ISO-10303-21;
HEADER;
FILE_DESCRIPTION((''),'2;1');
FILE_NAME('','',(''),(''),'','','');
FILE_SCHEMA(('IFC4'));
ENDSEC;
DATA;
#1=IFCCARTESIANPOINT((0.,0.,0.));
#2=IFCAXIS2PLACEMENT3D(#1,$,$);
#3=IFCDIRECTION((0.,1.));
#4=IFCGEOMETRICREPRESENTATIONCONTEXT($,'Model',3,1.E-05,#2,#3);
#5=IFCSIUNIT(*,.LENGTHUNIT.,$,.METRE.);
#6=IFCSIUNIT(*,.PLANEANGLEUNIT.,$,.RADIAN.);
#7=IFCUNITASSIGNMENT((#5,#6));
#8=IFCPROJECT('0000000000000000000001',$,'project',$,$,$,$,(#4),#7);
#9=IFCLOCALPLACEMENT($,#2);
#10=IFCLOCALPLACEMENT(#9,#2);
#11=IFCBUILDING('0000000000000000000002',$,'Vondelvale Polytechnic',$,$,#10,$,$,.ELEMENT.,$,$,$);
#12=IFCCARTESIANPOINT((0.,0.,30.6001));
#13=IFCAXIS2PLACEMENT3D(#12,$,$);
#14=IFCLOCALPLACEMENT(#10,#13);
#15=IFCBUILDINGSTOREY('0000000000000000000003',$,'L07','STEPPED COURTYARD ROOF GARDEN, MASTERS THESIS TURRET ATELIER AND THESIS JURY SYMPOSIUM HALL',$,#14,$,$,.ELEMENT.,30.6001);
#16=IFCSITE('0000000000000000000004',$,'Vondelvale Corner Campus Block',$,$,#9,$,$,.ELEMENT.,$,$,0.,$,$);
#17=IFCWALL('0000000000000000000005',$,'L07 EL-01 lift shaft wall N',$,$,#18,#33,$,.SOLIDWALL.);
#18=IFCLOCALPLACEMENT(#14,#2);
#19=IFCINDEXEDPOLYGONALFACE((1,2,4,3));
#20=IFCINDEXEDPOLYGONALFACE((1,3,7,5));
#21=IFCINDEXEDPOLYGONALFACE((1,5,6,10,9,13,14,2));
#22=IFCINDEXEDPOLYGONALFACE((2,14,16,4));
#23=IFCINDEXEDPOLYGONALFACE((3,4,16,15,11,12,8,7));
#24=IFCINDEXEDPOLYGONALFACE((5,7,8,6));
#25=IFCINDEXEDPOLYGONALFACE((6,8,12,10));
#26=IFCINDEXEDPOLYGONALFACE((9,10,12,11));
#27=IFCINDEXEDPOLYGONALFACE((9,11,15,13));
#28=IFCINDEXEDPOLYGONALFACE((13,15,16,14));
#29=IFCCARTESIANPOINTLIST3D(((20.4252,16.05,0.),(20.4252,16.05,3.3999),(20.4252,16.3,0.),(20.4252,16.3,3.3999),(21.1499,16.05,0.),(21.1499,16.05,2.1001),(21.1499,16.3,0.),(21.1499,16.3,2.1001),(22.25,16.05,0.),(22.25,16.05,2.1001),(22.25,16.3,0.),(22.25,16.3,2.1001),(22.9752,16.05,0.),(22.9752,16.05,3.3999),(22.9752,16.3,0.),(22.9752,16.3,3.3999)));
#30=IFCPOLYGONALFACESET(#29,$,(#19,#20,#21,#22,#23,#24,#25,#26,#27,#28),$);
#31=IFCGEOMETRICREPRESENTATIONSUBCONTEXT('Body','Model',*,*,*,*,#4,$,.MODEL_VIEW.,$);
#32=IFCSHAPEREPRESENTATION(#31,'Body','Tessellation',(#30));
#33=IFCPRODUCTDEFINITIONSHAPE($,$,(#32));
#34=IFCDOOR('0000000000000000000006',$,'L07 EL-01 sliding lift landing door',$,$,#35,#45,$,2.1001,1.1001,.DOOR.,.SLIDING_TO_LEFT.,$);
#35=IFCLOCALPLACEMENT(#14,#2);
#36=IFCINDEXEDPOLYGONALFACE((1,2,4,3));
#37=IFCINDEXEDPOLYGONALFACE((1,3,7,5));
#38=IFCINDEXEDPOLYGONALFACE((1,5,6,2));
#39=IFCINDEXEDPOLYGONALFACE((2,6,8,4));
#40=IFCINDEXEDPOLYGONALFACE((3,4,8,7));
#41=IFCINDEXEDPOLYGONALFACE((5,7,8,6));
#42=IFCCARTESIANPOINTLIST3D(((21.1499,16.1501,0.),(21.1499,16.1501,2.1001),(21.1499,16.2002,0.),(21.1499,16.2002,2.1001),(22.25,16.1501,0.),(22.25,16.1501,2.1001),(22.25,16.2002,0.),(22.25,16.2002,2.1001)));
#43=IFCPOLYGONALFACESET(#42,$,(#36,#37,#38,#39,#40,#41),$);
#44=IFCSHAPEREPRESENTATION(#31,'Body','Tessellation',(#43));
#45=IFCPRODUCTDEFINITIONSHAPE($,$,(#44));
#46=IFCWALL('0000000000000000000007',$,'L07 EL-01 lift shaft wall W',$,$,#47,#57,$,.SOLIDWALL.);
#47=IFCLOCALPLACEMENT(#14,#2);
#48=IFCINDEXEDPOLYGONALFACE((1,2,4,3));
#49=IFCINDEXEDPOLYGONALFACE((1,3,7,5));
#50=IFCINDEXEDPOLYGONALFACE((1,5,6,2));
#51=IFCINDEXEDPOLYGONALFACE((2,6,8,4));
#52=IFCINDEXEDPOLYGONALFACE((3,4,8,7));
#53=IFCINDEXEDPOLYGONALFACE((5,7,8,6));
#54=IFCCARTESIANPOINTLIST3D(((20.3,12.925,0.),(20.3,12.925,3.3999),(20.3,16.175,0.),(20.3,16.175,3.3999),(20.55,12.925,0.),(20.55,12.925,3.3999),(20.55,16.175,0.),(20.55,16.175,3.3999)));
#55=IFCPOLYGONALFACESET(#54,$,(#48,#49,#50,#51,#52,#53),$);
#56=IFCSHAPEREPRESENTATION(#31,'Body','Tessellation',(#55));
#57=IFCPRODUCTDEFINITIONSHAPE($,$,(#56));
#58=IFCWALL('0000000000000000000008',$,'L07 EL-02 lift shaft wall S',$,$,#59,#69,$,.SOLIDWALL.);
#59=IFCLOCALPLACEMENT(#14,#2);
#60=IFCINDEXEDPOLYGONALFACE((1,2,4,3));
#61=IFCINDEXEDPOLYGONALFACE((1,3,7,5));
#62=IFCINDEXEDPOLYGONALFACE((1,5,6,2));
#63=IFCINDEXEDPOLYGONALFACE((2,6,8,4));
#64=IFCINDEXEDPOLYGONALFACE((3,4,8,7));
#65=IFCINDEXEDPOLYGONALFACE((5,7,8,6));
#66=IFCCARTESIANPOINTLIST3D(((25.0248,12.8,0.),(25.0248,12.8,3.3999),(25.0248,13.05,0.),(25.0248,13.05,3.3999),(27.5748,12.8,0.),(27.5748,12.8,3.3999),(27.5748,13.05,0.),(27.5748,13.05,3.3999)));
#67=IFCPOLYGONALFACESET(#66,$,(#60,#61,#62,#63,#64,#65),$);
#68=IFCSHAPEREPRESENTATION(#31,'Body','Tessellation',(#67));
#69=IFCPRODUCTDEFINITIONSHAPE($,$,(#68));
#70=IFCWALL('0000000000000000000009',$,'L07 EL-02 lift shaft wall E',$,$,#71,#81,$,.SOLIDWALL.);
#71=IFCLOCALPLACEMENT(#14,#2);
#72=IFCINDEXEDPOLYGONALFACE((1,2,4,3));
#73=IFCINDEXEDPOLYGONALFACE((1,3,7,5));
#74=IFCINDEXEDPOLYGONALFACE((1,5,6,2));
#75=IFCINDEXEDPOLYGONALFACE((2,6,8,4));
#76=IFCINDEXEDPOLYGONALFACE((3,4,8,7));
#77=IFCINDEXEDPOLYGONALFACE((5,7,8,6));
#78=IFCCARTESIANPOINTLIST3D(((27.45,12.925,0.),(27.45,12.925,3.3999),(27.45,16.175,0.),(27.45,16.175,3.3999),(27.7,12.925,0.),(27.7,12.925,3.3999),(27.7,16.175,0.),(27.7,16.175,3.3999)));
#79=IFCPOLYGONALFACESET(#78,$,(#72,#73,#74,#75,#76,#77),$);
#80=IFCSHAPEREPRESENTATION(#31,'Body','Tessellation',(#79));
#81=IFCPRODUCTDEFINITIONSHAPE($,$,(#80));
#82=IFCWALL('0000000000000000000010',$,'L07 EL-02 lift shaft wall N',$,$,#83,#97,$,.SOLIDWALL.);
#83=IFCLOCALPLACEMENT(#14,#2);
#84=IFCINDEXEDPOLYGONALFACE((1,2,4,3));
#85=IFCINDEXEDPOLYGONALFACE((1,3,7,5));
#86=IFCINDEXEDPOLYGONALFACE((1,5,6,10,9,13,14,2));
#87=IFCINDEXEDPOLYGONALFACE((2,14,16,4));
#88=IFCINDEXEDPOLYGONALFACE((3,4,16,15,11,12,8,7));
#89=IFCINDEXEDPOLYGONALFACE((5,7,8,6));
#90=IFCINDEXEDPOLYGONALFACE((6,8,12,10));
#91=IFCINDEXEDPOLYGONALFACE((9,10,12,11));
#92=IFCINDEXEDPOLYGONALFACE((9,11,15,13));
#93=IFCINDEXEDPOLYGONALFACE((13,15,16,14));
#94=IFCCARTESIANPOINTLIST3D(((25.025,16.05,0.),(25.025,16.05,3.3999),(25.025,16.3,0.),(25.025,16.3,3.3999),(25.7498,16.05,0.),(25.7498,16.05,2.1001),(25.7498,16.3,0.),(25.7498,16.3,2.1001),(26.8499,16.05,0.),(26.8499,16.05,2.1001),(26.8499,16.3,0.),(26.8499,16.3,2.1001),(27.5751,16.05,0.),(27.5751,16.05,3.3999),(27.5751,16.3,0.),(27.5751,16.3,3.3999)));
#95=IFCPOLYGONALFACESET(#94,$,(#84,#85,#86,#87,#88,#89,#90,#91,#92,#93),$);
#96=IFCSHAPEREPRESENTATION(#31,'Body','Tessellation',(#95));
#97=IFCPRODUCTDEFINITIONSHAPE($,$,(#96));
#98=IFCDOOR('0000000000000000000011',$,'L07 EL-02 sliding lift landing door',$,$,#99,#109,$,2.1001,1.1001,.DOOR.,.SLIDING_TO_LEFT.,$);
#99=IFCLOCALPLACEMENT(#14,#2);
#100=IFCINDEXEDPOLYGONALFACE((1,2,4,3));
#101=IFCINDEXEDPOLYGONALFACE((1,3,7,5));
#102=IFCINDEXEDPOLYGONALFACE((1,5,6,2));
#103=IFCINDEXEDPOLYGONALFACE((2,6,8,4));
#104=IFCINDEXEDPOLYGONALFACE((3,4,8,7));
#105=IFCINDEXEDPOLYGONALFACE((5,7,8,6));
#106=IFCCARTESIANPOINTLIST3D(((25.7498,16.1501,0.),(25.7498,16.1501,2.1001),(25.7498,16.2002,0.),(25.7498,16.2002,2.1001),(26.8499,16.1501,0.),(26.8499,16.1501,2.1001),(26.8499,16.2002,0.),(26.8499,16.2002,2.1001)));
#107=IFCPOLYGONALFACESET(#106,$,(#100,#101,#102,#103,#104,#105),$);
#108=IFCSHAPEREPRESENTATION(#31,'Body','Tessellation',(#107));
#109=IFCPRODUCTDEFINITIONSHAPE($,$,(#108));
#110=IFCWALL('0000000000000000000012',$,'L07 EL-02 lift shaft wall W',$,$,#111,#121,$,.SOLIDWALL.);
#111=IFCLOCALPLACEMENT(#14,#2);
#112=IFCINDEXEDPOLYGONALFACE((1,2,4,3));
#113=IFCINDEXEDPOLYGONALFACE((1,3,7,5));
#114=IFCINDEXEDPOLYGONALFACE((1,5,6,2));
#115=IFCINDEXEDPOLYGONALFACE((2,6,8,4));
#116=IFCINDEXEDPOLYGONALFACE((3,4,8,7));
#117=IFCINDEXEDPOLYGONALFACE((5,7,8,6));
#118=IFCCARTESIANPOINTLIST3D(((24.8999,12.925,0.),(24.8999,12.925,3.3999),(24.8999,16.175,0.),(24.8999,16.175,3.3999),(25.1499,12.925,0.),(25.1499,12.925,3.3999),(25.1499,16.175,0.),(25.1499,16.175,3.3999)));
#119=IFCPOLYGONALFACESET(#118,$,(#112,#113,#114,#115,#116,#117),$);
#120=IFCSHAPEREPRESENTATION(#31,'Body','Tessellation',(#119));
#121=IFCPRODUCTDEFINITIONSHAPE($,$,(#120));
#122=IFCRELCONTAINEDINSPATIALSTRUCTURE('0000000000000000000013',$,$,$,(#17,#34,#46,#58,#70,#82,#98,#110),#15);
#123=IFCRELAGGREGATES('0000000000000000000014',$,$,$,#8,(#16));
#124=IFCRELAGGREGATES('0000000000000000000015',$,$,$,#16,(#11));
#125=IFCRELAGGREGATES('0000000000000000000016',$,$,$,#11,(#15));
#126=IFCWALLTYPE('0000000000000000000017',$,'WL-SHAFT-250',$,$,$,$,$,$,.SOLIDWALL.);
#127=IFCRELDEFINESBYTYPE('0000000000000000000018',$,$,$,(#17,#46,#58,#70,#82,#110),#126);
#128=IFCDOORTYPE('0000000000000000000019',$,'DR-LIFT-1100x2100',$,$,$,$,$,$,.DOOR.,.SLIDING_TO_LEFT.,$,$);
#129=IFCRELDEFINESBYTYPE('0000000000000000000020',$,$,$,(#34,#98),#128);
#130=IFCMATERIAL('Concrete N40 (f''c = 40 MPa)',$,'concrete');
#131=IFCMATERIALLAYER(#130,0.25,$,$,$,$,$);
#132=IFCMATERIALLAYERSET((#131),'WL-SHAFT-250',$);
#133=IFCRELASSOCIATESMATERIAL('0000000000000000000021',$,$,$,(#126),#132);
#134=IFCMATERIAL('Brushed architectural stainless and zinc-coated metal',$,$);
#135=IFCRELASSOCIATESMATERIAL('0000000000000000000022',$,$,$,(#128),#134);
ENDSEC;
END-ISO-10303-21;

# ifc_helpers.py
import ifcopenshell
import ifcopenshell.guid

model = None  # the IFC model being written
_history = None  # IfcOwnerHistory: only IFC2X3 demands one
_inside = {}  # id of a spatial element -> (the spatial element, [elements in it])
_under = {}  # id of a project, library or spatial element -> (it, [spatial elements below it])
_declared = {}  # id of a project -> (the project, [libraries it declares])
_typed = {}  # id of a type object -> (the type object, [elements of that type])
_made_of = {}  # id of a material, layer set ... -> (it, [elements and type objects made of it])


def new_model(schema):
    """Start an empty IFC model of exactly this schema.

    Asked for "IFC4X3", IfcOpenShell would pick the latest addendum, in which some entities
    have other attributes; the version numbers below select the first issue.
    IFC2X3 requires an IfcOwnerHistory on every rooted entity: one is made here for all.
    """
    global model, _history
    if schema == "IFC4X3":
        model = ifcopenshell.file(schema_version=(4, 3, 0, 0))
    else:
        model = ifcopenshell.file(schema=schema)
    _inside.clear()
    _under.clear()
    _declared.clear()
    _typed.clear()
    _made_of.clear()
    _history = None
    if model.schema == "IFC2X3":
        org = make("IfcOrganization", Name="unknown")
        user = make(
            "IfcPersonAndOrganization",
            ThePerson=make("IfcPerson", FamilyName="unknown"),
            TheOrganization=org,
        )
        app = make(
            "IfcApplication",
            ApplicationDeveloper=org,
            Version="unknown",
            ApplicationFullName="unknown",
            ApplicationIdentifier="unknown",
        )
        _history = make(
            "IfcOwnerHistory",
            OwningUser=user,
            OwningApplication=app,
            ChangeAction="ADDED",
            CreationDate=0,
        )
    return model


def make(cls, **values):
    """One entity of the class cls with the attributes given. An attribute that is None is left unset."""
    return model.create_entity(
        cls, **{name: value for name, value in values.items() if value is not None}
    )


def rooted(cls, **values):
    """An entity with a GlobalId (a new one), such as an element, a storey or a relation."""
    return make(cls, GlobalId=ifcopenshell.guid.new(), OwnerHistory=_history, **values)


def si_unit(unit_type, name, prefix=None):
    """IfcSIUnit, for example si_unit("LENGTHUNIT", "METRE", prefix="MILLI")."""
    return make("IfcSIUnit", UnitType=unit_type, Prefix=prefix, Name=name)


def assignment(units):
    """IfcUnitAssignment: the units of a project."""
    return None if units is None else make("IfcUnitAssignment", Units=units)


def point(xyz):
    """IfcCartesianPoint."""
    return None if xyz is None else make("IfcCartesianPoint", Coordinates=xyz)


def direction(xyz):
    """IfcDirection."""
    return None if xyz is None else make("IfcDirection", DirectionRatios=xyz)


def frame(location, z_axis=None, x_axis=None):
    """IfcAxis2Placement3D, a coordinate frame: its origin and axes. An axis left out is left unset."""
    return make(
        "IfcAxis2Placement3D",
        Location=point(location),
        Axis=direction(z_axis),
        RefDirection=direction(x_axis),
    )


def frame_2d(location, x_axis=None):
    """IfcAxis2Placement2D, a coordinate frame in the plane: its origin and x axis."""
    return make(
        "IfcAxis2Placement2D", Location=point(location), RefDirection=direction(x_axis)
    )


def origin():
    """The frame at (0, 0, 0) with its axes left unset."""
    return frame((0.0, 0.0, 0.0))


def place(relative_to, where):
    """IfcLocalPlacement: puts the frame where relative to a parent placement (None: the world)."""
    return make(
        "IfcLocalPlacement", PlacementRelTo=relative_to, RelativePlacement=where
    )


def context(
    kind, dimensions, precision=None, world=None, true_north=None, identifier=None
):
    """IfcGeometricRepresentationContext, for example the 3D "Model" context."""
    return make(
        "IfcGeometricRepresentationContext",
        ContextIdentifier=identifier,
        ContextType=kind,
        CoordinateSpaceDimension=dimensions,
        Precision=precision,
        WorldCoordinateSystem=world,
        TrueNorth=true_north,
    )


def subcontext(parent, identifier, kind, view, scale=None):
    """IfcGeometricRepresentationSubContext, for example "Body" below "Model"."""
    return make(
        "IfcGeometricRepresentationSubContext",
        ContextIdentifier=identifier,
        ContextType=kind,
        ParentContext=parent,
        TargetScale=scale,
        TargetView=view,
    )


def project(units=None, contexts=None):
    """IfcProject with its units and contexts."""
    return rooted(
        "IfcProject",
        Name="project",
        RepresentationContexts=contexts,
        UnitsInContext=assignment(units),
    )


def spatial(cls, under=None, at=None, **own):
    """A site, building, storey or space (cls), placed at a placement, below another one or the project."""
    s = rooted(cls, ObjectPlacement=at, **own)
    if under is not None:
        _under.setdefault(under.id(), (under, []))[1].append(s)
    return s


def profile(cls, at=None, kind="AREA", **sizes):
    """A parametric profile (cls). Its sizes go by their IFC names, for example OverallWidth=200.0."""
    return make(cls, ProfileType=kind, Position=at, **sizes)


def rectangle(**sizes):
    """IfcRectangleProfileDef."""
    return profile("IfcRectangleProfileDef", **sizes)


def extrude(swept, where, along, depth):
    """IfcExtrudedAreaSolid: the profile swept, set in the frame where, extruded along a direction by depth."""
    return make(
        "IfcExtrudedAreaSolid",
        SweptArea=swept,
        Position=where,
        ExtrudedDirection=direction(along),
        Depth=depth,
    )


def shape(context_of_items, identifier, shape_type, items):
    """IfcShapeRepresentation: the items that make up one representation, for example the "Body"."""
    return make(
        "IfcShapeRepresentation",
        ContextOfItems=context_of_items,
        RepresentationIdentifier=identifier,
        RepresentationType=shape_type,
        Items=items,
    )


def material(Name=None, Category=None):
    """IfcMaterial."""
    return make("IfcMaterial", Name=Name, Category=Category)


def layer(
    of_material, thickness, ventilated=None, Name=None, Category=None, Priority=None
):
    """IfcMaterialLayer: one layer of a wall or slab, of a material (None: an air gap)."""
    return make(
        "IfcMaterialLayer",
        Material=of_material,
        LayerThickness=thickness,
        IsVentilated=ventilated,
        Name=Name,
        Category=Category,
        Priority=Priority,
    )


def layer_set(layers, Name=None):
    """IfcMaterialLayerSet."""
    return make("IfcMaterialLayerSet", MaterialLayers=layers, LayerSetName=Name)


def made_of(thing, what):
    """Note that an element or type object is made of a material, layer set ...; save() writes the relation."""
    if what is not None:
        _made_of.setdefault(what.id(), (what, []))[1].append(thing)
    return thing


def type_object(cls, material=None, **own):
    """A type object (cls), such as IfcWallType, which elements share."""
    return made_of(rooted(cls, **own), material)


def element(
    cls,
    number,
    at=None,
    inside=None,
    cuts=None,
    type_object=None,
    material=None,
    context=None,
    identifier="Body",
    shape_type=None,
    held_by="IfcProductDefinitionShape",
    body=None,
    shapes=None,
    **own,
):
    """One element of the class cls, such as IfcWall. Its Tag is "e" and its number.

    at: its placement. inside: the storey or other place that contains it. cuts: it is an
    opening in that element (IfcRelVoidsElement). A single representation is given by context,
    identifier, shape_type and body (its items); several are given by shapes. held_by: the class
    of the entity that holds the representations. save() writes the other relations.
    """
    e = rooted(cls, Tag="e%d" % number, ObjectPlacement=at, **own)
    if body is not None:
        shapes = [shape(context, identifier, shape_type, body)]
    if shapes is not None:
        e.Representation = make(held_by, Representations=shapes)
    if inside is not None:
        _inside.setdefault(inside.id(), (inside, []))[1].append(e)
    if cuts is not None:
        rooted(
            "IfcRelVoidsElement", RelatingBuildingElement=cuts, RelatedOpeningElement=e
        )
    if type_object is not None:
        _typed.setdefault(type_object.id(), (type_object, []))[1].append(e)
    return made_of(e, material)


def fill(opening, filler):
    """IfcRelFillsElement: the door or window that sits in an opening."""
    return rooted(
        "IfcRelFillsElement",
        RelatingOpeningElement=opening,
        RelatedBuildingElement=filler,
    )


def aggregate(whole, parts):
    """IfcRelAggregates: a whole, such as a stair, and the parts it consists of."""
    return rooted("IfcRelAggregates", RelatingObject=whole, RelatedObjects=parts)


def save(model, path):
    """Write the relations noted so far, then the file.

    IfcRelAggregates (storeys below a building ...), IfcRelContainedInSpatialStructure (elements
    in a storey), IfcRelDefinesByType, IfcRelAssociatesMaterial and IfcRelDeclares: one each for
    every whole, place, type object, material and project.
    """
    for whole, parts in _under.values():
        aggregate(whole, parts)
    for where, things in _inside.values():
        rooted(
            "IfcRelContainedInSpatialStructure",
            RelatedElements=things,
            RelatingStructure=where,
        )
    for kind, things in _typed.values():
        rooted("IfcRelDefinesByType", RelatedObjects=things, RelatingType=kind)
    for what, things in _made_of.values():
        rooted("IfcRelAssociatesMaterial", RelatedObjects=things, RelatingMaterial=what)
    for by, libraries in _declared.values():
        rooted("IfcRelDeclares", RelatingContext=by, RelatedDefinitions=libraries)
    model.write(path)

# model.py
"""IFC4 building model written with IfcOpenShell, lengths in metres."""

from ifc_helpers import new_model, si_unit, direction, frame, frame_2d, origin, place, context, subcontext, project, spatial, rectangle, extrude, material, layer, layer_set, type_object, element, fill, save


model = new_model("IFC4")

# Units and contexts
model_context = context("Model", 3, precision=1e-05, world=origin(), true_north=direction((0.0, 1.0)))
body_context = subcontext(model_context, "Body", "Model", "MODEL_VIEW")
ifc_project = project(units=[si_unit("LENGTHUNIT", "METRE"), si_unit("PLANEANGLEUNIT", "RADIAN")], contexts=[model_context])

# Site, building, storey
site_placement = place(None, origin())
site = spatial("IfcSite", under=ifc_project, at=site_placement, Name="Vondelvale Corner Campus Block", CompositionType="ELEMENT", RefElevation=0.0)
building_placement = place(site_placement, origin())
building = spatial("IfcBuilding", under=site, at=building_placement, Name="Vondelvale Polytechnic", CompositionType="ELEMENT")
storey_placement = place(building_placement, frame((0.0, 0.0, 30.6001)))
storey = spatial("IfcBuildingStorey", under=building, at=storey_placement, Name="L07", Description="STEPPED COURTYARD ROOF GARDEN, MASTERS THESIS TURRET ATELIER AND THESIS JURY SYMPOSIUM HALL", CompositionType="ELEMENT", Elevation=30.6001)

# Shared definitions
ifc_material_1 = material(Name="Concrete N40 (f'c = 40 MPa)", Category="concrete")

# Shared definitions
ifc_layer_1 = layer(ifc_material_1, 0.25)
ifc_layer_set_1 = layer_set([ifc_layer_1], Name="WL-SHAFT-250")
wall_type_1 = type_object("IfcWallType", Name="WL-SHAFT-250", PredefinedType="SOLIDWALL", material=ifc_layer_set_1)

# Wall, opening, door
wall_1_placement = place(storey_placement, frame((22.9751, 16.175, 0.0), z_axis=(0.0, 0.0, 1.0), x_axis=(-1.0, 0.0, 0.0)))
wall_1 = element("IfcWall", 1, at=wall_1_placement, inside=storey, type_object=wall_type_1, Name="L07 EL-01 lift shaft wall N", PredefinedType="SOLIDWALL", context=body_context, shape_type="SweptSolid", body=[
    extrude(rectangle(XDim=2.55, YDim=0.25, at=frame_2d((1.2749, 0.0))), origin(), (0.0, 0.0, 1.0), 3.3999),
])
opening_1_placement = place(wall_1_placement, frame((0.7251, 0.0, 0.0)))
opening_1 = element("IfcOpeningElement", 2, at=opening_1_placement, cuts=wall_1, PredefinedType="OPENING", context=body_context, shape_type="SweptSolid", body=[
    extrude(rectangle(XDim=1.1001, YDim=2.1001, at=frame_2d((0.55, 1.05))), frame((0.0, 0.135, 0.0), z_axis=(0.0, -1.0, 0.0), x_axis=(1.0, 0.0, 0.0)), (0.0, 0.0, 1.0), 0.27),
])
ifc_material_2 = material(Name="Brushed architectural stainless and zinc-coated metal")
door_type = type_object("IfcDoorType", Name="DR-LIFT-1100x2100", OperationType="SLIDING_TO_LEFT", PredefinedType="DOOR", material=ifc_material_2)
door_1_placement = place(opening_1_placement, origin())
door_1 = element("IfcDoor", 3, at=door_1_placement, inside=storey, type_object=door_type, Name="L07 EL-01 sliding lift landing door", OperationType="SLIDING_TO_LEFT", OverallHeight=2.1001, OverallWidth=1.1001, PredefinedType="DOOR", context=body_context, shape_type="SweptSolid", body=[
    extrude(rectangle(XDim=1.1001, YDim=2.1001, at=frame_2d((0.55, 1.05))), frame((0.0, 0.0249, 0.0), z_axis=(0.0, -1.0, 0.0), x_axis=(1.0, 0.0, 0.0)), (0.0, 0.0, 1.0), 0.05),
])
fill(opening_1, door_1)

# Walls
wall_2_placement = place(storey_placement, frame((20.425, 16.175, 0.0), z_axis=(0.0, 0.0, 1.0), x_axis=(0.0, -1.0, 0.0)))
element("IfcWall", 4, at=wall_2_placement, inside=storey, type_object=wall_type_1, Name="L07 EL-01 lift shaft wall W", PredefinedType="SOLIDWALL", context=body_context, shape_type="SweptSolid", body=[
    extrude(rectangle(XDim=3.25, YDim=0.25, at=frame_2d((1.625, 0.0))), origin(), (0.0, 0.0, 1.0), 3.3999),
])
wall_3_placement = place(storey_placement, frame((25.0249, 12.925, 0.0), z_axis=(0.0, 0.0, 1.0), x_axis=(1.0, 0.0, 0.0)))
element("IfcWall", 5, at=wall_3_placement, inside=storey, type_object=wall_type_1, Name="L07 EL-02 lift shaft wall S", PredefinedType="SOLIDWALL", context=body_context, shape_type="SweptSolid", body=[
    extrude(rectangle(XDim=2.55, YDim=0.25, at=frame_2d((1.2749, 0.0))), origin(), (0.0, 0.0, 1.0), 3.3999),
])
wall_4_placement = place(storey_placement, frame((27.575, 12.925, 0.0), z_axis=(0.0, 0.0, 1.0), x_axis=(0.0, 1.0, 0.0)))
element("IfcWall", 6, at=wall_4_placement, inside=storey, type_object=wall_type_1, Name="L07 EL-02 lift shaft wall E", PredefinedType="SOLIDWALL", context=body_context, shape_type="SweptSolid", body=[
    extrude(rectangle(XDim=3.25, YDim=0.25, at=frame_2d((1.625, 0.0))), origin(), (0.0, 0.0, 1.0), 3.3999),
])

# Wall, opening, door
wall_5_placement = place(storey_placement, frame((27.575, 16.175, 0.0), z_axis=(0.0, 0.0, 1.0), x_axis=(-1.0, 0.0, 0.0)))
wall_5 = element("IfcWall", 7, at=wall_5_placement, inside=storey, type_object=wall_type_1, Name="L07 EL-02 lift shaft wall N", PredefinedType="SOLIDWALL", context=body_context, shape_type="SweptSolid", body=[
    extrude(rectangle(XDim=2.55, YDim=0.25, at=frame_2d((1.2749, 0.0))), origin(), (0.0, 0.0, 1.0), 3.3999),
])
opening_2_placement = place(wall_5_placement, frame((0.7251, 0.0, 0.0)))
opening_2 = element("IfcOpeningElement", 8, at=opening_2_placement, cuts=wall_5, PredefinedType="OPENING", context=body_context, shape_type="SweptSolid", body=[
    extrude(rectangle(XDim=1.1001, YDim=2.1001, at=frame_2d((0.55, 1.05))), frame((0.0, 0.135, 0.0), z_axis=(0.0, -1.0, 0.0), x_axis=(1.0, 0.0, 0.0)), (0.0, 0.0, 1.0), 0.27),
])
door_2_placement = place(opening_2_placement, origin())
door_2 = element("IfcDoor", 9, at=door_2_placement, inside=storey, type_object=door_type, Name="L07 EL-02 sliding lift landing door", OperationType="SLIDING_TO_LEFT", OverallHeight=2.1001, OverallWidth=1.1001, PredefinedType="DOOR", context=body_context, shape_type="SweptSolid", body=[
    extrude(rectangle(XDim=1.1001, YDim=2.1001, at=frame_2d((0.55, 1.05))), frame((0.0, 0.0249, 0.0), z_axis=(0.0, -1.0, 0.0), x_axis=(1.0, 0.0, 0.0)), (0.0, 0.0, 1.0), 0.05),
])
fill(opening_2, door_2)

# Wall
wall_6_placement = place(storey_placement, frame((25.0249, 16.175, 0.0), z_axis=(0.0, 0.0, 1.0), x_axis=(0.0, -1.0, 0.0)))
element("IfcWall", 10, at=wall_6_placement, inside=storey, type_object=wall_type_1, Name="L07 EL-02 lift shaft wall W", PredefinedType="SOLIDWALL", context=body_context, shape_type="SweptSolid", body=[
    extrude(rectangle(XDim=3.25, YDim=0.25, at=frame_2d((1.625, 0.0))), origin(), (0.0, 0.0, 1.0), 3.3999),
])

save(model, "model.ifc")
